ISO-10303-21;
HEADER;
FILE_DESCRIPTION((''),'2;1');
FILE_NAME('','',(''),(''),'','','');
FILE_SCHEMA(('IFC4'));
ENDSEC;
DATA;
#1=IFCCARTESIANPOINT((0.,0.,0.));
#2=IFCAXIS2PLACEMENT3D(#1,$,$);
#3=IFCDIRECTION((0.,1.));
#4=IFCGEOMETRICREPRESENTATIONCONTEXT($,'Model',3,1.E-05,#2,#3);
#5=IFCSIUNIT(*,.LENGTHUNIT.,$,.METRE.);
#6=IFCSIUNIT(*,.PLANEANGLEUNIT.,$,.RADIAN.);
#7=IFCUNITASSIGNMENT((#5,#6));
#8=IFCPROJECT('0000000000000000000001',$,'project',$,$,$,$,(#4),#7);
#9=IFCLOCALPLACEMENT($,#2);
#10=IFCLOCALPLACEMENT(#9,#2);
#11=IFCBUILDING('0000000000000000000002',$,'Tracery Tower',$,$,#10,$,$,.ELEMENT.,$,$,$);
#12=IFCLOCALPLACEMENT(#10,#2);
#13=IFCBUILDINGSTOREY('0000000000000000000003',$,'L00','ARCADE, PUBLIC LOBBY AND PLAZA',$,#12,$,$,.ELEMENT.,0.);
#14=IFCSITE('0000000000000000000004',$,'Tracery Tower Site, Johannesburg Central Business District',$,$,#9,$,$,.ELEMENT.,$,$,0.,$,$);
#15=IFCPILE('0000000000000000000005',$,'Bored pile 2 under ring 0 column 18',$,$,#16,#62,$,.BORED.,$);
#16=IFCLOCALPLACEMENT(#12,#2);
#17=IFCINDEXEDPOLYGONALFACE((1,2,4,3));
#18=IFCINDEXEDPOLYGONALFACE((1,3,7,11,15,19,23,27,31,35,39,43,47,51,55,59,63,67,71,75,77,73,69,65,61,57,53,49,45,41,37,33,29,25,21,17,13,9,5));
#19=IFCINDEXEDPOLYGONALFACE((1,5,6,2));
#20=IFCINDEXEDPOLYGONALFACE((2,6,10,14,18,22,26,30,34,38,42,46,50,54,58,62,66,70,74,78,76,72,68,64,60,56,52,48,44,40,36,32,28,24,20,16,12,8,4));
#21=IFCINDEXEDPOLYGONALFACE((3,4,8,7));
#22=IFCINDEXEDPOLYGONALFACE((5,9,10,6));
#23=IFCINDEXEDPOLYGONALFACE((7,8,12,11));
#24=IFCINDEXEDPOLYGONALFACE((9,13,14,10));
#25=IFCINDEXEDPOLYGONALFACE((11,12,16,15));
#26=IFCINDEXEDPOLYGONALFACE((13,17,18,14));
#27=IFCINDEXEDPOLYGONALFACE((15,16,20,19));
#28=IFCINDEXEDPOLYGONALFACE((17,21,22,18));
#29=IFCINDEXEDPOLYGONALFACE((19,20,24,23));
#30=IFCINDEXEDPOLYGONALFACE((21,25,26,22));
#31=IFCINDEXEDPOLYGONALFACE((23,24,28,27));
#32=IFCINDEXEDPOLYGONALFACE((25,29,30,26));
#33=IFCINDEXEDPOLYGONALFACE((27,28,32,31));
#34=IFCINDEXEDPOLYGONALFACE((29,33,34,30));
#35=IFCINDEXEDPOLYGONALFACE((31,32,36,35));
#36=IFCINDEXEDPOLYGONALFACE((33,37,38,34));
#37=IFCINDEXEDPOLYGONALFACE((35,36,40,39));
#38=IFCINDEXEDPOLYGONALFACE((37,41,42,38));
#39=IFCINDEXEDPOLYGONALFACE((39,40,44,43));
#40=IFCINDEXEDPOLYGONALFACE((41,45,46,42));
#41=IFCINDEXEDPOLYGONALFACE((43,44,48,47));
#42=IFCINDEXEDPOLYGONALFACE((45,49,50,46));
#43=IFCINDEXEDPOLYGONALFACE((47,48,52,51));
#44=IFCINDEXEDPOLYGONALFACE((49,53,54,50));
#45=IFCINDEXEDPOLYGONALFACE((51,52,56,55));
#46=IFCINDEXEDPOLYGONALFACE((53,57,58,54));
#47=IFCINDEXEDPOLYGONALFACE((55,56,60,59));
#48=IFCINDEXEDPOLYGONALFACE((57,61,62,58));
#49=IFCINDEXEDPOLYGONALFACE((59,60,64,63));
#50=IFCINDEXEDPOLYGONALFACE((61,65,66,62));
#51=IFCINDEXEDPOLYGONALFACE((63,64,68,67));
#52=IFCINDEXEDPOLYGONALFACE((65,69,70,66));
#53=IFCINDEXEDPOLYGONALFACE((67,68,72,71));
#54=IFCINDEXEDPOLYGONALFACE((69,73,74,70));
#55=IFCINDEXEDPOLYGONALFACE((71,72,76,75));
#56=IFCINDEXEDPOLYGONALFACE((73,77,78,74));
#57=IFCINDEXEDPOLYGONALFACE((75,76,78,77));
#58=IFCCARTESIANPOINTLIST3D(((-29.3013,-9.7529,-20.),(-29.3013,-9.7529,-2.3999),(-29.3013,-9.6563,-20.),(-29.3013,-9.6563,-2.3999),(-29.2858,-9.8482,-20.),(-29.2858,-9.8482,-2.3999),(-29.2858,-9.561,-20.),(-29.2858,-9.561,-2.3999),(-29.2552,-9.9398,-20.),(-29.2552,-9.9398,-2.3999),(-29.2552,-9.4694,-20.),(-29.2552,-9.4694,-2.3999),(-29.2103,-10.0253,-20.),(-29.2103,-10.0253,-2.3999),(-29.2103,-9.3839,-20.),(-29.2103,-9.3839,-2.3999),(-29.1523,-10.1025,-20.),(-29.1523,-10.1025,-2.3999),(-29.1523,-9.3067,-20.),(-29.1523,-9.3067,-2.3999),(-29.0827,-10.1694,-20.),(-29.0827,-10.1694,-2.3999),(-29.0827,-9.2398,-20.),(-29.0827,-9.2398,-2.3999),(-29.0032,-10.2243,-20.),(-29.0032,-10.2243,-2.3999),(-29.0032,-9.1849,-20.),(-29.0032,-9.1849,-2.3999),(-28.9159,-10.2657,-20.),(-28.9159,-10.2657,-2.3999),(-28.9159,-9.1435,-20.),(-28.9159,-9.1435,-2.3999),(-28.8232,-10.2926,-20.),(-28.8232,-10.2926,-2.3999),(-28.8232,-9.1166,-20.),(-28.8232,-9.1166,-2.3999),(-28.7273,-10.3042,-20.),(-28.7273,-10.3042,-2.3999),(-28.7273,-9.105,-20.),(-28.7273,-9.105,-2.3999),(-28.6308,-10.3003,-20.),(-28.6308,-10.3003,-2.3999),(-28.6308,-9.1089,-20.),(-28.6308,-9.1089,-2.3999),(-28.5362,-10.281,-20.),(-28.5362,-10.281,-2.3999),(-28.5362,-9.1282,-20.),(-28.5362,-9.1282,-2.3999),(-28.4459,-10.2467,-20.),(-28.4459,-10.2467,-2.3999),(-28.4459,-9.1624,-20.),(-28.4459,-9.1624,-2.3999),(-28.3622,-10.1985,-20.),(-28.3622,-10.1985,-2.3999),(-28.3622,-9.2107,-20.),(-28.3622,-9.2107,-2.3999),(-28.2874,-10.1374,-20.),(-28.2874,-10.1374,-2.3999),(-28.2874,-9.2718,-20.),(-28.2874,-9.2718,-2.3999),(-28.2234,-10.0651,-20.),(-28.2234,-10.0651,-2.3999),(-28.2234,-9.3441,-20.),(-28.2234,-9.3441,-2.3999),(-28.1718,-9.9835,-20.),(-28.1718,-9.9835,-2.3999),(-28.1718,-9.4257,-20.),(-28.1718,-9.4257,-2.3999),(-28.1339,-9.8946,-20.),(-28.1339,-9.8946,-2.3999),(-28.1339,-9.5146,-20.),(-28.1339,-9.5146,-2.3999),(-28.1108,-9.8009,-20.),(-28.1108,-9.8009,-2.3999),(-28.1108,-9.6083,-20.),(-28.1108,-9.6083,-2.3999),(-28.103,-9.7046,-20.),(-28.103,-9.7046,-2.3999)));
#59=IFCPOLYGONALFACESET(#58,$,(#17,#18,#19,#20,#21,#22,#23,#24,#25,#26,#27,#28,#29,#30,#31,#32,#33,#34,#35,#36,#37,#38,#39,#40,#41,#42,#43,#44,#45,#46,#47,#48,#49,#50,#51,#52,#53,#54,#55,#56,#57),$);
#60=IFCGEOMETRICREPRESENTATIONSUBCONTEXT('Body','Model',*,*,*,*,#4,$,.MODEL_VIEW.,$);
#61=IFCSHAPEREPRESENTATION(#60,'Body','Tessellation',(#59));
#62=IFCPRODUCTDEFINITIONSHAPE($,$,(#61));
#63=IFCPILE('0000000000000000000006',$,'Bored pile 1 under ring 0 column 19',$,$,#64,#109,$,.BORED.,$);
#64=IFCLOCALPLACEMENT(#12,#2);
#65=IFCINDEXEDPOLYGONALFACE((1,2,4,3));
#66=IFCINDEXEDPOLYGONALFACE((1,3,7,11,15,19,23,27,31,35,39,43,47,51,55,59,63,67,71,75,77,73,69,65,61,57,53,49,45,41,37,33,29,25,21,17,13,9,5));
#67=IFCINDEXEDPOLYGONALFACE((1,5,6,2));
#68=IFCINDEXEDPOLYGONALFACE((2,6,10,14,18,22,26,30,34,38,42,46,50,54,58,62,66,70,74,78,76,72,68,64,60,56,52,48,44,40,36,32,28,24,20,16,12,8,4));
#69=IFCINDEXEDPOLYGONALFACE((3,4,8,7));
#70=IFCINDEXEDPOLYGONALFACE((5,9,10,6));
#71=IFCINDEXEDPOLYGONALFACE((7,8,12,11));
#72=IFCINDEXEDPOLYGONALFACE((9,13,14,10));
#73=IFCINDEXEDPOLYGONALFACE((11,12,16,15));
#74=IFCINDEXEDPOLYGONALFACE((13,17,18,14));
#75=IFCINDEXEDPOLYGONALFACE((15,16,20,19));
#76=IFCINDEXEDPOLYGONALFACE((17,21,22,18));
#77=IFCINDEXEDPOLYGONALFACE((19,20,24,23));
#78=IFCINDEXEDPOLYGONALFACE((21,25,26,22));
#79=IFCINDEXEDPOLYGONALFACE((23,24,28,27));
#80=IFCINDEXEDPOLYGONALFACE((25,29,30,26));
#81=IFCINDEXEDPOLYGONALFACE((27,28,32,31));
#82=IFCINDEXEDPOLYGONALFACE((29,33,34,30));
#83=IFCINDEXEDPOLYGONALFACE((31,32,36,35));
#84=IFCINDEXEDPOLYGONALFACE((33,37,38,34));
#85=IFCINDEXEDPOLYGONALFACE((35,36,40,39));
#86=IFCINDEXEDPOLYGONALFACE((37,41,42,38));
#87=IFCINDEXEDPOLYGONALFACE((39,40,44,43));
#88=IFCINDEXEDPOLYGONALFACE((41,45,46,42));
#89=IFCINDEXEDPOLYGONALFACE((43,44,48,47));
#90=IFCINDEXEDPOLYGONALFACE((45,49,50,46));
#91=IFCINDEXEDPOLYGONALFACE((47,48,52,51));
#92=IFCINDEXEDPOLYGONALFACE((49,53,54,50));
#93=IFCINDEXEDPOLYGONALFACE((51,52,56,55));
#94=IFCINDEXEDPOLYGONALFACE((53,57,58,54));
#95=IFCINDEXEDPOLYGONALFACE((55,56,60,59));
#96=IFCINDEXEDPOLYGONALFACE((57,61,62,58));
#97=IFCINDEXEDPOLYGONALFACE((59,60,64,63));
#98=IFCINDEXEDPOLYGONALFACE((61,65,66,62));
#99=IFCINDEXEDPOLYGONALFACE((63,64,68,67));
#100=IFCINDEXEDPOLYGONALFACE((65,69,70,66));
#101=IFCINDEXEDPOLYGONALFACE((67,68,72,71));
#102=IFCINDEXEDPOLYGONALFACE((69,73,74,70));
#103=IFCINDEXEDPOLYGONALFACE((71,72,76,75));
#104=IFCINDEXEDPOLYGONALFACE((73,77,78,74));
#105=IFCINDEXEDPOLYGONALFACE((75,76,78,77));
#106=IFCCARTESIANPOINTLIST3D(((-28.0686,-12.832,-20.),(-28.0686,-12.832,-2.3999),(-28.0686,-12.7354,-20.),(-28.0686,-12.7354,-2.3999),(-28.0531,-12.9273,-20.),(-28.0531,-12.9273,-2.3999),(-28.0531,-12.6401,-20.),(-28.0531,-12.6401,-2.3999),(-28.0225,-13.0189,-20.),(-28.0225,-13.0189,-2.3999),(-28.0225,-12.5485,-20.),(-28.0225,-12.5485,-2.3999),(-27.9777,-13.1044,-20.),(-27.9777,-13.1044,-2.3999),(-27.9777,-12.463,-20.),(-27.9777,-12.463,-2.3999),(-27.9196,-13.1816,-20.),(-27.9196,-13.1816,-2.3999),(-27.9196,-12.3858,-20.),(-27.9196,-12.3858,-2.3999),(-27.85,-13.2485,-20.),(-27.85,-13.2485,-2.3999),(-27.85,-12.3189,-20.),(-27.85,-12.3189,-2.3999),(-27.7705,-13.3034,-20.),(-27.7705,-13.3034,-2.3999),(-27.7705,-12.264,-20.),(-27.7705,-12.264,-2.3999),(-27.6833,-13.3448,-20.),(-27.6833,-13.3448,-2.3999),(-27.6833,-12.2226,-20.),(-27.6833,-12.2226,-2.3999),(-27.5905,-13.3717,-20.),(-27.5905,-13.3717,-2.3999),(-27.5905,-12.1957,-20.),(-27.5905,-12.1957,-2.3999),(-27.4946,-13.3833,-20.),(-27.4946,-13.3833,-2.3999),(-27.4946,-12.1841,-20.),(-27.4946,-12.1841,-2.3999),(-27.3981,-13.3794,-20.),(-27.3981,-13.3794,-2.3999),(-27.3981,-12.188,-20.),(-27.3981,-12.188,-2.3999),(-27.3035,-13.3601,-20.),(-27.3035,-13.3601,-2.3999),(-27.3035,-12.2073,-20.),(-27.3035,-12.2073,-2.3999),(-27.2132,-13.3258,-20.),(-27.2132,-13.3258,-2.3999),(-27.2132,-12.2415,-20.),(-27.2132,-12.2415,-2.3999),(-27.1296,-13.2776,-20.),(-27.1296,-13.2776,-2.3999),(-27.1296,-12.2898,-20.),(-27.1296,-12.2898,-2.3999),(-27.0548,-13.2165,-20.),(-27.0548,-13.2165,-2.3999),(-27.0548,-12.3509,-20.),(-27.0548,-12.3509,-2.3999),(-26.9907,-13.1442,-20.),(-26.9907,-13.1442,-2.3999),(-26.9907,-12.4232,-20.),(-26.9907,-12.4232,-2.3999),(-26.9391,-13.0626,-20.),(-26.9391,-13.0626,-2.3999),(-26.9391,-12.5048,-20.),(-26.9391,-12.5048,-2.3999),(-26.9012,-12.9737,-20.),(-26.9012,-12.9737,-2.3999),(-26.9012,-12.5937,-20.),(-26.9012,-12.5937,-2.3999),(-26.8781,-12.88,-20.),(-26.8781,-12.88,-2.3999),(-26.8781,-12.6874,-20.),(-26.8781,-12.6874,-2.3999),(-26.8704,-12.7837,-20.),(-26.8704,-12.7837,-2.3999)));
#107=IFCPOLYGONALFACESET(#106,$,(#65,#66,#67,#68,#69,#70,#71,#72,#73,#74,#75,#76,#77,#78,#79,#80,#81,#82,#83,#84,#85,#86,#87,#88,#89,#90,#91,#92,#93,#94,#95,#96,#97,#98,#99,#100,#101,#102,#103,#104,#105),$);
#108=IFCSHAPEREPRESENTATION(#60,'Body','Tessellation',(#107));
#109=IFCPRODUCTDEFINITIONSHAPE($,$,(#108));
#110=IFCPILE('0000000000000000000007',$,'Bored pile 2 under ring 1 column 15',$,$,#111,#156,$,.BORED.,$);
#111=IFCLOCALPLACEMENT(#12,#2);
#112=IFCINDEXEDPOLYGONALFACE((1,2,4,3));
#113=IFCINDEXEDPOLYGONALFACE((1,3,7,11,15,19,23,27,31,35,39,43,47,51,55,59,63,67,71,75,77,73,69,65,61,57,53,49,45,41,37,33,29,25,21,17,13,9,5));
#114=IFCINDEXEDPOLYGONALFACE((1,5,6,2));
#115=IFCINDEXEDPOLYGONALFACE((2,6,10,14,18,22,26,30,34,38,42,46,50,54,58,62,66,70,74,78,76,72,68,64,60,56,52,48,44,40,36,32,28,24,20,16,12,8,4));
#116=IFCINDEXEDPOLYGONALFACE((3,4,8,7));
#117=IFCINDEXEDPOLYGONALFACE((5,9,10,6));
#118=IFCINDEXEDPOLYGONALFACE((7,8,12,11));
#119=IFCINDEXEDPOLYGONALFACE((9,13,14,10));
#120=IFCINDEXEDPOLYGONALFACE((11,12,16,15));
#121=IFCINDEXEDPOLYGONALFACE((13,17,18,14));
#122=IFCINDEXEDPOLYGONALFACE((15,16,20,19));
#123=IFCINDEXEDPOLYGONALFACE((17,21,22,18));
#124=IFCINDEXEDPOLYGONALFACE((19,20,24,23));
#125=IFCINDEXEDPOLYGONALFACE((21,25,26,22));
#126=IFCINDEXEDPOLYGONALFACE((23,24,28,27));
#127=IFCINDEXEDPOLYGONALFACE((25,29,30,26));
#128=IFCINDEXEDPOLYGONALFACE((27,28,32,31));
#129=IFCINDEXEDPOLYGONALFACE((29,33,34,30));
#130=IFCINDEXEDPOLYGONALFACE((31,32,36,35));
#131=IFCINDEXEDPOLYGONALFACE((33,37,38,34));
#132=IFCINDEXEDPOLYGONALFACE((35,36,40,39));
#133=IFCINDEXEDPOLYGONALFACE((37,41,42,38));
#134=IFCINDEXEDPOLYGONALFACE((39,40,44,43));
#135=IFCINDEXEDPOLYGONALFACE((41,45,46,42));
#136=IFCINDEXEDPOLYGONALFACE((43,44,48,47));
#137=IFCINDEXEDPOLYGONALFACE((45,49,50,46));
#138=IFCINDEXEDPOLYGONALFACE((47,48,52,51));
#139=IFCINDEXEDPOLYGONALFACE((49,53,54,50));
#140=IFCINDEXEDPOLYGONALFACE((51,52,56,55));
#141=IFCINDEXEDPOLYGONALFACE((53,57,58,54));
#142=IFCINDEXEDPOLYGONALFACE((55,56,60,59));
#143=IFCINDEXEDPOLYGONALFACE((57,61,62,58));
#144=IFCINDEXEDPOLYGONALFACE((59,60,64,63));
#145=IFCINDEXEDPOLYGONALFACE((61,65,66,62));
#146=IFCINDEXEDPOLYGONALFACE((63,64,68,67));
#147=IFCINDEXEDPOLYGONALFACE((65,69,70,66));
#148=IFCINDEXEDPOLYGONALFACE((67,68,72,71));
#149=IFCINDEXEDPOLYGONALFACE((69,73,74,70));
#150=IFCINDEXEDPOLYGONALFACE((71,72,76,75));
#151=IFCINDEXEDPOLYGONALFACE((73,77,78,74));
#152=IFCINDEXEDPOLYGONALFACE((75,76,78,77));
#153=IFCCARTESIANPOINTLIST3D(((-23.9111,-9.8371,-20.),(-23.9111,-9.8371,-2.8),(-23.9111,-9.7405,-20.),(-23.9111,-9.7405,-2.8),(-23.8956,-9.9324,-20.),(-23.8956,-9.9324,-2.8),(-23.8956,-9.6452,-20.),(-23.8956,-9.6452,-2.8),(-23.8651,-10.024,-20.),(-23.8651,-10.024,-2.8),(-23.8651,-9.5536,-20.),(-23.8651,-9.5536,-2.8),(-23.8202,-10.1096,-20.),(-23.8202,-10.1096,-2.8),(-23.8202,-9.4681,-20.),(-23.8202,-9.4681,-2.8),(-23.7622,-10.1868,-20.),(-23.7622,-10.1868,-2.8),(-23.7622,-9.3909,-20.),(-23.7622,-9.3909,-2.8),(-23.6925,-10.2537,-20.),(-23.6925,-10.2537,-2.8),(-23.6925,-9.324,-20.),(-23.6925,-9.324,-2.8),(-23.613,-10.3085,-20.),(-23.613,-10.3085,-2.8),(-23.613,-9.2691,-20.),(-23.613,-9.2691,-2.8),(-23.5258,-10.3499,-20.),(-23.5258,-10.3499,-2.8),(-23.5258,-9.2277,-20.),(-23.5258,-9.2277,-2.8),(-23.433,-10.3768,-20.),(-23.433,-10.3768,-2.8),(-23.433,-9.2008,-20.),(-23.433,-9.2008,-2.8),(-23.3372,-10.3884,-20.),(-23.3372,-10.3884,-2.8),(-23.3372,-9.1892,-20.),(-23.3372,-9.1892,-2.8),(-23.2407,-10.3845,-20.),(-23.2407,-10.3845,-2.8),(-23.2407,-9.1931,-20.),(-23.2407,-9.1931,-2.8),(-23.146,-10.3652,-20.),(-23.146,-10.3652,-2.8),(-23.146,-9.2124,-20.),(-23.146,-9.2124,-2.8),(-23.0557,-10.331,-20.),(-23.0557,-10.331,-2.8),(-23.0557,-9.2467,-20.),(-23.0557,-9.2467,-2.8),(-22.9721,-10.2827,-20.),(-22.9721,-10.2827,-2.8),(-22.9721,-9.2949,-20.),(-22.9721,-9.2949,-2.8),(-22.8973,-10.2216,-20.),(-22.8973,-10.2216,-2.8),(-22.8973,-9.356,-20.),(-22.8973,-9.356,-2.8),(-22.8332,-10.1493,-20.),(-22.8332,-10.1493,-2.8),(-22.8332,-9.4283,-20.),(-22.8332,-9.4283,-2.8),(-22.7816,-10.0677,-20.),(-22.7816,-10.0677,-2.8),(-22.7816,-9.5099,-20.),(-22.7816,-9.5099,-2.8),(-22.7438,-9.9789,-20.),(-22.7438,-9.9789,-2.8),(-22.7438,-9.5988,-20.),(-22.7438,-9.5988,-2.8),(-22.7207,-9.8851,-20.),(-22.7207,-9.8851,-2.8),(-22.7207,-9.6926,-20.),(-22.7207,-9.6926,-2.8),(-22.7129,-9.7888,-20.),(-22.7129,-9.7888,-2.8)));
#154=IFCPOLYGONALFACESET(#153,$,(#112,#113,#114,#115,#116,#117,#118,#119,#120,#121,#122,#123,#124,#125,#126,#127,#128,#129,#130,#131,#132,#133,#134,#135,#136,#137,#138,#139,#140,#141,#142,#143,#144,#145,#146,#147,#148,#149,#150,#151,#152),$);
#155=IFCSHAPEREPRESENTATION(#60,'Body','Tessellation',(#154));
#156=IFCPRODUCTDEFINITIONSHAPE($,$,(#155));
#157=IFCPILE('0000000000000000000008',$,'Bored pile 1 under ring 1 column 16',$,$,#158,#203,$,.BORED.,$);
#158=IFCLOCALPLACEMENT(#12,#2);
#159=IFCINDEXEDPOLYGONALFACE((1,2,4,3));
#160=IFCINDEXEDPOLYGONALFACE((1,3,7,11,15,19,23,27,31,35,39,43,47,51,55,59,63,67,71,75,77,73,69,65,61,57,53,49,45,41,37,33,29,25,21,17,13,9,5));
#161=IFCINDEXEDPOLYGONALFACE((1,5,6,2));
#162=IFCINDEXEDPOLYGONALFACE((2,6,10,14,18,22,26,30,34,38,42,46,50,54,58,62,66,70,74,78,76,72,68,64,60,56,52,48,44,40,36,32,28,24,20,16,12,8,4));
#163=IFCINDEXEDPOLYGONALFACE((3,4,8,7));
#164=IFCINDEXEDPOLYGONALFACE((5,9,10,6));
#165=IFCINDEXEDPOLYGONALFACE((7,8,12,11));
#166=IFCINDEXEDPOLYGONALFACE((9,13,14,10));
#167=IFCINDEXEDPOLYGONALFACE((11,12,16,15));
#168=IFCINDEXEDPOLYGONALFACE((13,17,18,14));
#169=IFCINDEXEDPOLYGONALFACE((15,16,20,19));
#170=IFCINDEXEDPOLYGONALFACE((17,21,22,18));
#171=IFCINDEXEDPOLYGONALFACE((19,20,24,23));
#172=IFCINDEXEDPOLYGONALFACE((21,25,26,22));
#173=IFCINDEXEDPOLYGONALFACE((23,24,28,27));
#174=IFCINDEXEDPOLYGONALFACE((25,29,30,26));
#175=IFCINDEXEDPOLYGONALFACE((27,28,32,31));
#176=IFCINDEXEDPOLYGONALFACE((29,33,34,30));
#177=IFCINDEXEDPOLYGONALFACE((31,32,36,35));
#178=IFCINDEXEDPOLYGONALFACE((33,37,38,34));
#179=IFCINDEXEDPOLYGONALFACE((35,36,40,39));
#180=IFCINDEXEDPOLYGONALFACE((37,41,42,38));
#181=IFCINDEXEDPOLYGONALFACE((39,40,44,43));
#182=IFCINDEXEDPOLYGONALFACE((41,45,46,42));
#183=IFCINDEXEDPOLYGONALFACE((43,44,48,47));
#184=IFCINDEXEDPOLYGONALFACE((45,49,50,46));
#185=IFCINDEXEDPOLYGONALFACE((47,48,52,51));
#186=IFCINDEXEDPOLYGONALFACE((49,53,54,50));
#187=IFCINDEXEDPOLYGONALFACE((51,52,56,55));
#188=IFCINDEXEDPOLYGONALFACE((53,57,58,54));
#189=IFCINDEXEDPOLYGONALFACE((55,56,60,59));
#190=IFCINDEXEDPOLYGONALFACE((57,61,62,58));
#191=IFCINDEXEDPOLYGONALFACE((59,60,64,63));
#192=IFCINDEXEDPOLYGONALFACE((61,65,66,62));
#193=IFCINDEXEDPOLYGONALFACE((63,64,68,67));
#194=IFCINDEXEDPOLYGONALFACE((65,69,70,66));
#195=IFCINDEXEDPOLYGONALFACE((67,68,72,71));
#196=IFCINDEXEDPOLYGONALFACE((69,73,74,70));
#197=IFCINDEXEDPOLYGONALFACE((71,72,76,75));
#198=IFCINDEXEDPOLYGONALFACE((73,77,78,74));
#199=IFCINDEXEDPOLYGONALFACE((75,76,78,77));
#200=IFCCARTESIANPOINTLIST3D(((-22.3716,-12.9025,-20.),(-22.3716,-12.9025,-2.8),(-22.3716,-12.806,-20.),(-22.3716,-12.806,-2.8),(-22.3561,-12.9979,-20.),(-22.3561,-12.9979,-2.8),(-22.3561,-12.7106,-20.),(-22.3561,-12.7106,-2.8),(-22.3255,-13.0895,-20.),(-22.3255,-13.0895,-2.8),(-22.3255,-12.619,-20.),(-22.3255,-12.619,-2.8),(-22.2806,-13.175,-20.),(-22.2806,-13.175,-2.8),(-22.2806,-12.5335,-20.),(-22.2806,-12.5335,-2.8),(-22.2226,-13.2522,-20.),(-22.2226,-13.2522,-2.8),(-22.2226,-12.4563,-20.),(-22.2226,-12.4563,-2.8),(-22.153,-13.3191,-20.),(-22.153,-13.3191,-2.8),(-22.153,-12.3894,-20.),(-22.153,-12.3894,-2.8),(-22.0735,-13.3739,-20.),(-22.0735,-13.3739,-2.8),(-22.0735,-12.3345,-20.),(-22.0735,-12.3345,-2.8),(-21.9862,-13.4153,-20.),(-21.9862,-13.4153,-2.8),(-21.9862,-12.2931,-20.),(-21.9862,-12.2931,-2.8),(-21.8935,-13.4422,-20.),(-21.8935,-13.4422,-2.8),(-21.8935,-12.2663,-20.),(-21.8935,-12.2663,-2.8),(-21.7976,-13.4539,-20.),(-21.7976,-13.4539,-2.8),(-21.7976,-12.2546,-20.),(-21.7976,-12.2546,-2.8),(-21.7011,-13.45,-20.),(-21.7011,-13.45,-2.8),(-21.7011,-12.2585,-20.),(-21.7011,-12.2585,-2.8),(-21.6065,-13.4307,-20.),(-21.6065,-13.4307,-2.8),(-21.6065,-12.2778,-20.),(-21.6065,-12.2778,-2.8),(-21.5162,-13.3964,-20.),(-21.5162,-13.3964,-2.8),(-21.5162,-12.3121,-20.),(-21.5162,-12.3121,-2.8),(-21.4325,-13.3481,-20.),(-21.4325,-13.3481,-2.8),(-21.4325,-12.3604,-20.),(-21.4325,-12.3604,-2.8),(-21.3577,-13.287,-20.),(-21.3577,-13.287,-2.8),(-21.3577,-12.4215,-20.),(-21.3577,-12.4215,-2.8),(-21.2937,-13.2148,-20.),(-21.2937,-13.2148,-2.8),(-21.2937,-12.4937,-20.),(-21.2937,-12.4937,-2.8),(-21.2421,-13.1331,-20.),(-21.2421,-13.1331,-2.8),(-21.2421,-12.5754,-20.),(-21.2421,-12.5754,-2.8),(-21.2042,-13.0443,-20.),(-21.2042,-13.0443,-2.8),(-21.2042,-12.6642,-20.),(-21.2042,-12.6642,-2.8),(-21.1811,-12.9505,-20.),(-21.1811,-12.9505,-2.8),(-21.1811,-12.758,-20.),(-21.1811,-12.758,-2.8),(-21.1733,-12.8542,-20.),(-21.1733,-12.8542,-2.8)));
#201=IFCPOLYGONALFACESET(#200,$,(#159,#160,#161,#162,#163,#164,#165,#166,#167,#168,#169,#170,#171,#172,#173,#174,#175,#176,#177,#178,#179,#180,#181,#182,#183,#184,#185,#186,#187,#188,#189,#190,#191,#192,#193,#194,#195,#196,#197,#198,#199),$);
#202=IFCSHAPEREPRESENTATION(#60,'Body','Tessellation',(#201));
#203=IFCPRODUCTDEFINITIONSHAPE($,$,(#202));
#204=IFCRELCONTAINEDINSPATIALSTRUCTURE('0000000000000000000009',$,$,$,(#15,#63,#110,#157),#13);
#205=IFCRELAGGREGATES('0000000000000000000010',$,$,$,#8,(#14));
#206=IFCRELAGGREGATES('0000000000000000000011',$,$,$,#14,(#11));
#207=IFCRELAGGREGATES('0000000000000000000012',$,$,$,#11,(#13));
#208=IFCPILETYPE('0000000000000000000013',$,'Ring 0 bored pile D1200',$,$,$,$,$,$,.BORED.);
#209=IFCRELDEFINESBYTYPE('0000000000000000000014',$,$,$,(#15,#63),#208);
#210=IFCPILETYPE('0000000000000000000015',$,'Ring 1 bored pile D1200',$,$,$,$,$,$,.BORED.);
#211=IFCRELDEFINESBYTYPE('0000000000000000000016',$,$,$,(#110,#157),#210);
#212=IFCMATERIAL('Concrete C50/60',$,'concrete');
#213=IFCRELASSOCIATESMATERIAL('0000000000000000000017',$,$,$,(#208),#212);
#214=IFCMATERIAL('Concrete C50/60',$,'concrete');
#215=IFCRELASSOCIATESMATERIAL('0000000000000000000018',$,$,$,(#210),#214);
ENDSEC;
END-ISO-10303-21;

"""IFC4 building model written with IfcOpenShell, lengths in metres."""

from ifc_helpers import new_model, si_unit, direction, frame, origin, origin_2d, place, context, subcontext, project, spatial, circle, extrude, material, material_profile, profile_set, type_object, element, save


model = new_model("IFC4")

# Units and contexts
model_context = context("Model", 3, precision=1e-05, world=origin(), true_north=direction((0.0, 1.0)))
body_context = subcontext(model_context, "Body", "Model", "MODEL_VIEW")
ifc_project = project(units=[si_unit("LENGTHUNIT", "METRE"), si_unit("PLANEANGLEUNIT", "RADIAN")], contexts=[model_context])

# Site, building, storey
site_placement = place(None, origin())
site = spatial("IfcSite", under=ifc_project, at=site_placement, Name="Tracery Tower Site, Johannesburg Central Business District", CompositionType="ELEMENT", RefElevation=0.0)
building_placement = place(site_placement, origin())
building = spatial("IfcBuilding", under=site, at=building_placement, Name="Tracery Tower", CompositionType="ELEMENT")
storey_placement = place(building_placement, origin())
storey = spatial("IfcBuildingStorey", under=building, at=storey_placement, Name="L00", Description="ARCADE, PUBLIC LOBBY AND PLAZA", CompositionType="ELEMENT", Elevation=0.0)

# Piles
ifc_material_1 = material(Name="Concrete C50/60", Category="concrete")
ifc_material_profile_1 = material_profile(ifc_material_1, circle(Radius=0.6001, at=origin_2d()), Name="RC D1200")
ifc_profile_set_1 = profile_set([ifc_material_profile_1], Name="Concrete C50/60")
pile_type_1 = type_object("IfcPileType", Name="Ring 0 bored pile D1200", PredefinedType="BORED", material=ifc_profile_set_1)
for number, where, z_axis, x_axis, name in (
    (1, (-28.7031, -9.7046, -2.3999), (0.0, 0.0, -1.0), (1.0, 0.0, 0.0), "Bored pile 2 under ring 0 column 18"),
    (2, (-27.4705, -12.7837, -2.3999), (0.0, 0.0, -1.0), (1.0, 0.0, 0.0), "Bored pile 1 under ring 0 column 19"),
):
    element("IfcPile", number, at=place(storey_placement, frame(where, z_axis=z_axis, x_axis=x_axis)), inside=storey, type_object=pile_type_1, Name=name, PredefinedType="BORED", context=body_context, shape_type="SweptSolid", body=[
        extrude(circle(Radius=0.6001, at=origin_2d()), origin(), (0.0, 0.0, 1.0), 17.6001),
    ])
ifc_material_2 = material(Name="Concrete C50/60", Category="concrete")
ifc_material_profile_2 = material_profile(ifc_material_2, circle(Radius=0.6001, at=origin_2d()), Name="RC D1200")
ifc_profile_set_2 = profile_set([ifc_material_profile_2], Name="Concrete C50/60")
pile_type_2 = type_object("IfcPileType", Name="Ring 1 bored pile D1200", PredefinedType="BORED", material=ifc_profile_set_2)
for number, where, z_axis, x_axis, name in (
    (3, (-23.313, -9.7888, -2.8), (0.0, 0.0, -1.0), (1.0, 0.0, 0.0), "Bored pile 2 under ring 1 column 15"),
    (4, (-21.7734, -12.8542, -2.8), (0.0, 0.0, -1.0), (1.0, 0.0, 0.0), "Bored pile 1 under ring 1 column 16"),
):
    element("IfcPile", number, at=place(storey_placement, frame(where, z_axis=z_axis, x_axis=x_axis)), inside=storey, type_object=pile_type_2, Name=name, PredefinedType="BORED", context=body_context, shape_type="SweptSolid", body=[
        extrude(circle(Radius=0.6001, at=origin_2d()), origin(), (0.0, 0.0, 1.0), 17.2),
    ])

save(model, "model.ifc")
